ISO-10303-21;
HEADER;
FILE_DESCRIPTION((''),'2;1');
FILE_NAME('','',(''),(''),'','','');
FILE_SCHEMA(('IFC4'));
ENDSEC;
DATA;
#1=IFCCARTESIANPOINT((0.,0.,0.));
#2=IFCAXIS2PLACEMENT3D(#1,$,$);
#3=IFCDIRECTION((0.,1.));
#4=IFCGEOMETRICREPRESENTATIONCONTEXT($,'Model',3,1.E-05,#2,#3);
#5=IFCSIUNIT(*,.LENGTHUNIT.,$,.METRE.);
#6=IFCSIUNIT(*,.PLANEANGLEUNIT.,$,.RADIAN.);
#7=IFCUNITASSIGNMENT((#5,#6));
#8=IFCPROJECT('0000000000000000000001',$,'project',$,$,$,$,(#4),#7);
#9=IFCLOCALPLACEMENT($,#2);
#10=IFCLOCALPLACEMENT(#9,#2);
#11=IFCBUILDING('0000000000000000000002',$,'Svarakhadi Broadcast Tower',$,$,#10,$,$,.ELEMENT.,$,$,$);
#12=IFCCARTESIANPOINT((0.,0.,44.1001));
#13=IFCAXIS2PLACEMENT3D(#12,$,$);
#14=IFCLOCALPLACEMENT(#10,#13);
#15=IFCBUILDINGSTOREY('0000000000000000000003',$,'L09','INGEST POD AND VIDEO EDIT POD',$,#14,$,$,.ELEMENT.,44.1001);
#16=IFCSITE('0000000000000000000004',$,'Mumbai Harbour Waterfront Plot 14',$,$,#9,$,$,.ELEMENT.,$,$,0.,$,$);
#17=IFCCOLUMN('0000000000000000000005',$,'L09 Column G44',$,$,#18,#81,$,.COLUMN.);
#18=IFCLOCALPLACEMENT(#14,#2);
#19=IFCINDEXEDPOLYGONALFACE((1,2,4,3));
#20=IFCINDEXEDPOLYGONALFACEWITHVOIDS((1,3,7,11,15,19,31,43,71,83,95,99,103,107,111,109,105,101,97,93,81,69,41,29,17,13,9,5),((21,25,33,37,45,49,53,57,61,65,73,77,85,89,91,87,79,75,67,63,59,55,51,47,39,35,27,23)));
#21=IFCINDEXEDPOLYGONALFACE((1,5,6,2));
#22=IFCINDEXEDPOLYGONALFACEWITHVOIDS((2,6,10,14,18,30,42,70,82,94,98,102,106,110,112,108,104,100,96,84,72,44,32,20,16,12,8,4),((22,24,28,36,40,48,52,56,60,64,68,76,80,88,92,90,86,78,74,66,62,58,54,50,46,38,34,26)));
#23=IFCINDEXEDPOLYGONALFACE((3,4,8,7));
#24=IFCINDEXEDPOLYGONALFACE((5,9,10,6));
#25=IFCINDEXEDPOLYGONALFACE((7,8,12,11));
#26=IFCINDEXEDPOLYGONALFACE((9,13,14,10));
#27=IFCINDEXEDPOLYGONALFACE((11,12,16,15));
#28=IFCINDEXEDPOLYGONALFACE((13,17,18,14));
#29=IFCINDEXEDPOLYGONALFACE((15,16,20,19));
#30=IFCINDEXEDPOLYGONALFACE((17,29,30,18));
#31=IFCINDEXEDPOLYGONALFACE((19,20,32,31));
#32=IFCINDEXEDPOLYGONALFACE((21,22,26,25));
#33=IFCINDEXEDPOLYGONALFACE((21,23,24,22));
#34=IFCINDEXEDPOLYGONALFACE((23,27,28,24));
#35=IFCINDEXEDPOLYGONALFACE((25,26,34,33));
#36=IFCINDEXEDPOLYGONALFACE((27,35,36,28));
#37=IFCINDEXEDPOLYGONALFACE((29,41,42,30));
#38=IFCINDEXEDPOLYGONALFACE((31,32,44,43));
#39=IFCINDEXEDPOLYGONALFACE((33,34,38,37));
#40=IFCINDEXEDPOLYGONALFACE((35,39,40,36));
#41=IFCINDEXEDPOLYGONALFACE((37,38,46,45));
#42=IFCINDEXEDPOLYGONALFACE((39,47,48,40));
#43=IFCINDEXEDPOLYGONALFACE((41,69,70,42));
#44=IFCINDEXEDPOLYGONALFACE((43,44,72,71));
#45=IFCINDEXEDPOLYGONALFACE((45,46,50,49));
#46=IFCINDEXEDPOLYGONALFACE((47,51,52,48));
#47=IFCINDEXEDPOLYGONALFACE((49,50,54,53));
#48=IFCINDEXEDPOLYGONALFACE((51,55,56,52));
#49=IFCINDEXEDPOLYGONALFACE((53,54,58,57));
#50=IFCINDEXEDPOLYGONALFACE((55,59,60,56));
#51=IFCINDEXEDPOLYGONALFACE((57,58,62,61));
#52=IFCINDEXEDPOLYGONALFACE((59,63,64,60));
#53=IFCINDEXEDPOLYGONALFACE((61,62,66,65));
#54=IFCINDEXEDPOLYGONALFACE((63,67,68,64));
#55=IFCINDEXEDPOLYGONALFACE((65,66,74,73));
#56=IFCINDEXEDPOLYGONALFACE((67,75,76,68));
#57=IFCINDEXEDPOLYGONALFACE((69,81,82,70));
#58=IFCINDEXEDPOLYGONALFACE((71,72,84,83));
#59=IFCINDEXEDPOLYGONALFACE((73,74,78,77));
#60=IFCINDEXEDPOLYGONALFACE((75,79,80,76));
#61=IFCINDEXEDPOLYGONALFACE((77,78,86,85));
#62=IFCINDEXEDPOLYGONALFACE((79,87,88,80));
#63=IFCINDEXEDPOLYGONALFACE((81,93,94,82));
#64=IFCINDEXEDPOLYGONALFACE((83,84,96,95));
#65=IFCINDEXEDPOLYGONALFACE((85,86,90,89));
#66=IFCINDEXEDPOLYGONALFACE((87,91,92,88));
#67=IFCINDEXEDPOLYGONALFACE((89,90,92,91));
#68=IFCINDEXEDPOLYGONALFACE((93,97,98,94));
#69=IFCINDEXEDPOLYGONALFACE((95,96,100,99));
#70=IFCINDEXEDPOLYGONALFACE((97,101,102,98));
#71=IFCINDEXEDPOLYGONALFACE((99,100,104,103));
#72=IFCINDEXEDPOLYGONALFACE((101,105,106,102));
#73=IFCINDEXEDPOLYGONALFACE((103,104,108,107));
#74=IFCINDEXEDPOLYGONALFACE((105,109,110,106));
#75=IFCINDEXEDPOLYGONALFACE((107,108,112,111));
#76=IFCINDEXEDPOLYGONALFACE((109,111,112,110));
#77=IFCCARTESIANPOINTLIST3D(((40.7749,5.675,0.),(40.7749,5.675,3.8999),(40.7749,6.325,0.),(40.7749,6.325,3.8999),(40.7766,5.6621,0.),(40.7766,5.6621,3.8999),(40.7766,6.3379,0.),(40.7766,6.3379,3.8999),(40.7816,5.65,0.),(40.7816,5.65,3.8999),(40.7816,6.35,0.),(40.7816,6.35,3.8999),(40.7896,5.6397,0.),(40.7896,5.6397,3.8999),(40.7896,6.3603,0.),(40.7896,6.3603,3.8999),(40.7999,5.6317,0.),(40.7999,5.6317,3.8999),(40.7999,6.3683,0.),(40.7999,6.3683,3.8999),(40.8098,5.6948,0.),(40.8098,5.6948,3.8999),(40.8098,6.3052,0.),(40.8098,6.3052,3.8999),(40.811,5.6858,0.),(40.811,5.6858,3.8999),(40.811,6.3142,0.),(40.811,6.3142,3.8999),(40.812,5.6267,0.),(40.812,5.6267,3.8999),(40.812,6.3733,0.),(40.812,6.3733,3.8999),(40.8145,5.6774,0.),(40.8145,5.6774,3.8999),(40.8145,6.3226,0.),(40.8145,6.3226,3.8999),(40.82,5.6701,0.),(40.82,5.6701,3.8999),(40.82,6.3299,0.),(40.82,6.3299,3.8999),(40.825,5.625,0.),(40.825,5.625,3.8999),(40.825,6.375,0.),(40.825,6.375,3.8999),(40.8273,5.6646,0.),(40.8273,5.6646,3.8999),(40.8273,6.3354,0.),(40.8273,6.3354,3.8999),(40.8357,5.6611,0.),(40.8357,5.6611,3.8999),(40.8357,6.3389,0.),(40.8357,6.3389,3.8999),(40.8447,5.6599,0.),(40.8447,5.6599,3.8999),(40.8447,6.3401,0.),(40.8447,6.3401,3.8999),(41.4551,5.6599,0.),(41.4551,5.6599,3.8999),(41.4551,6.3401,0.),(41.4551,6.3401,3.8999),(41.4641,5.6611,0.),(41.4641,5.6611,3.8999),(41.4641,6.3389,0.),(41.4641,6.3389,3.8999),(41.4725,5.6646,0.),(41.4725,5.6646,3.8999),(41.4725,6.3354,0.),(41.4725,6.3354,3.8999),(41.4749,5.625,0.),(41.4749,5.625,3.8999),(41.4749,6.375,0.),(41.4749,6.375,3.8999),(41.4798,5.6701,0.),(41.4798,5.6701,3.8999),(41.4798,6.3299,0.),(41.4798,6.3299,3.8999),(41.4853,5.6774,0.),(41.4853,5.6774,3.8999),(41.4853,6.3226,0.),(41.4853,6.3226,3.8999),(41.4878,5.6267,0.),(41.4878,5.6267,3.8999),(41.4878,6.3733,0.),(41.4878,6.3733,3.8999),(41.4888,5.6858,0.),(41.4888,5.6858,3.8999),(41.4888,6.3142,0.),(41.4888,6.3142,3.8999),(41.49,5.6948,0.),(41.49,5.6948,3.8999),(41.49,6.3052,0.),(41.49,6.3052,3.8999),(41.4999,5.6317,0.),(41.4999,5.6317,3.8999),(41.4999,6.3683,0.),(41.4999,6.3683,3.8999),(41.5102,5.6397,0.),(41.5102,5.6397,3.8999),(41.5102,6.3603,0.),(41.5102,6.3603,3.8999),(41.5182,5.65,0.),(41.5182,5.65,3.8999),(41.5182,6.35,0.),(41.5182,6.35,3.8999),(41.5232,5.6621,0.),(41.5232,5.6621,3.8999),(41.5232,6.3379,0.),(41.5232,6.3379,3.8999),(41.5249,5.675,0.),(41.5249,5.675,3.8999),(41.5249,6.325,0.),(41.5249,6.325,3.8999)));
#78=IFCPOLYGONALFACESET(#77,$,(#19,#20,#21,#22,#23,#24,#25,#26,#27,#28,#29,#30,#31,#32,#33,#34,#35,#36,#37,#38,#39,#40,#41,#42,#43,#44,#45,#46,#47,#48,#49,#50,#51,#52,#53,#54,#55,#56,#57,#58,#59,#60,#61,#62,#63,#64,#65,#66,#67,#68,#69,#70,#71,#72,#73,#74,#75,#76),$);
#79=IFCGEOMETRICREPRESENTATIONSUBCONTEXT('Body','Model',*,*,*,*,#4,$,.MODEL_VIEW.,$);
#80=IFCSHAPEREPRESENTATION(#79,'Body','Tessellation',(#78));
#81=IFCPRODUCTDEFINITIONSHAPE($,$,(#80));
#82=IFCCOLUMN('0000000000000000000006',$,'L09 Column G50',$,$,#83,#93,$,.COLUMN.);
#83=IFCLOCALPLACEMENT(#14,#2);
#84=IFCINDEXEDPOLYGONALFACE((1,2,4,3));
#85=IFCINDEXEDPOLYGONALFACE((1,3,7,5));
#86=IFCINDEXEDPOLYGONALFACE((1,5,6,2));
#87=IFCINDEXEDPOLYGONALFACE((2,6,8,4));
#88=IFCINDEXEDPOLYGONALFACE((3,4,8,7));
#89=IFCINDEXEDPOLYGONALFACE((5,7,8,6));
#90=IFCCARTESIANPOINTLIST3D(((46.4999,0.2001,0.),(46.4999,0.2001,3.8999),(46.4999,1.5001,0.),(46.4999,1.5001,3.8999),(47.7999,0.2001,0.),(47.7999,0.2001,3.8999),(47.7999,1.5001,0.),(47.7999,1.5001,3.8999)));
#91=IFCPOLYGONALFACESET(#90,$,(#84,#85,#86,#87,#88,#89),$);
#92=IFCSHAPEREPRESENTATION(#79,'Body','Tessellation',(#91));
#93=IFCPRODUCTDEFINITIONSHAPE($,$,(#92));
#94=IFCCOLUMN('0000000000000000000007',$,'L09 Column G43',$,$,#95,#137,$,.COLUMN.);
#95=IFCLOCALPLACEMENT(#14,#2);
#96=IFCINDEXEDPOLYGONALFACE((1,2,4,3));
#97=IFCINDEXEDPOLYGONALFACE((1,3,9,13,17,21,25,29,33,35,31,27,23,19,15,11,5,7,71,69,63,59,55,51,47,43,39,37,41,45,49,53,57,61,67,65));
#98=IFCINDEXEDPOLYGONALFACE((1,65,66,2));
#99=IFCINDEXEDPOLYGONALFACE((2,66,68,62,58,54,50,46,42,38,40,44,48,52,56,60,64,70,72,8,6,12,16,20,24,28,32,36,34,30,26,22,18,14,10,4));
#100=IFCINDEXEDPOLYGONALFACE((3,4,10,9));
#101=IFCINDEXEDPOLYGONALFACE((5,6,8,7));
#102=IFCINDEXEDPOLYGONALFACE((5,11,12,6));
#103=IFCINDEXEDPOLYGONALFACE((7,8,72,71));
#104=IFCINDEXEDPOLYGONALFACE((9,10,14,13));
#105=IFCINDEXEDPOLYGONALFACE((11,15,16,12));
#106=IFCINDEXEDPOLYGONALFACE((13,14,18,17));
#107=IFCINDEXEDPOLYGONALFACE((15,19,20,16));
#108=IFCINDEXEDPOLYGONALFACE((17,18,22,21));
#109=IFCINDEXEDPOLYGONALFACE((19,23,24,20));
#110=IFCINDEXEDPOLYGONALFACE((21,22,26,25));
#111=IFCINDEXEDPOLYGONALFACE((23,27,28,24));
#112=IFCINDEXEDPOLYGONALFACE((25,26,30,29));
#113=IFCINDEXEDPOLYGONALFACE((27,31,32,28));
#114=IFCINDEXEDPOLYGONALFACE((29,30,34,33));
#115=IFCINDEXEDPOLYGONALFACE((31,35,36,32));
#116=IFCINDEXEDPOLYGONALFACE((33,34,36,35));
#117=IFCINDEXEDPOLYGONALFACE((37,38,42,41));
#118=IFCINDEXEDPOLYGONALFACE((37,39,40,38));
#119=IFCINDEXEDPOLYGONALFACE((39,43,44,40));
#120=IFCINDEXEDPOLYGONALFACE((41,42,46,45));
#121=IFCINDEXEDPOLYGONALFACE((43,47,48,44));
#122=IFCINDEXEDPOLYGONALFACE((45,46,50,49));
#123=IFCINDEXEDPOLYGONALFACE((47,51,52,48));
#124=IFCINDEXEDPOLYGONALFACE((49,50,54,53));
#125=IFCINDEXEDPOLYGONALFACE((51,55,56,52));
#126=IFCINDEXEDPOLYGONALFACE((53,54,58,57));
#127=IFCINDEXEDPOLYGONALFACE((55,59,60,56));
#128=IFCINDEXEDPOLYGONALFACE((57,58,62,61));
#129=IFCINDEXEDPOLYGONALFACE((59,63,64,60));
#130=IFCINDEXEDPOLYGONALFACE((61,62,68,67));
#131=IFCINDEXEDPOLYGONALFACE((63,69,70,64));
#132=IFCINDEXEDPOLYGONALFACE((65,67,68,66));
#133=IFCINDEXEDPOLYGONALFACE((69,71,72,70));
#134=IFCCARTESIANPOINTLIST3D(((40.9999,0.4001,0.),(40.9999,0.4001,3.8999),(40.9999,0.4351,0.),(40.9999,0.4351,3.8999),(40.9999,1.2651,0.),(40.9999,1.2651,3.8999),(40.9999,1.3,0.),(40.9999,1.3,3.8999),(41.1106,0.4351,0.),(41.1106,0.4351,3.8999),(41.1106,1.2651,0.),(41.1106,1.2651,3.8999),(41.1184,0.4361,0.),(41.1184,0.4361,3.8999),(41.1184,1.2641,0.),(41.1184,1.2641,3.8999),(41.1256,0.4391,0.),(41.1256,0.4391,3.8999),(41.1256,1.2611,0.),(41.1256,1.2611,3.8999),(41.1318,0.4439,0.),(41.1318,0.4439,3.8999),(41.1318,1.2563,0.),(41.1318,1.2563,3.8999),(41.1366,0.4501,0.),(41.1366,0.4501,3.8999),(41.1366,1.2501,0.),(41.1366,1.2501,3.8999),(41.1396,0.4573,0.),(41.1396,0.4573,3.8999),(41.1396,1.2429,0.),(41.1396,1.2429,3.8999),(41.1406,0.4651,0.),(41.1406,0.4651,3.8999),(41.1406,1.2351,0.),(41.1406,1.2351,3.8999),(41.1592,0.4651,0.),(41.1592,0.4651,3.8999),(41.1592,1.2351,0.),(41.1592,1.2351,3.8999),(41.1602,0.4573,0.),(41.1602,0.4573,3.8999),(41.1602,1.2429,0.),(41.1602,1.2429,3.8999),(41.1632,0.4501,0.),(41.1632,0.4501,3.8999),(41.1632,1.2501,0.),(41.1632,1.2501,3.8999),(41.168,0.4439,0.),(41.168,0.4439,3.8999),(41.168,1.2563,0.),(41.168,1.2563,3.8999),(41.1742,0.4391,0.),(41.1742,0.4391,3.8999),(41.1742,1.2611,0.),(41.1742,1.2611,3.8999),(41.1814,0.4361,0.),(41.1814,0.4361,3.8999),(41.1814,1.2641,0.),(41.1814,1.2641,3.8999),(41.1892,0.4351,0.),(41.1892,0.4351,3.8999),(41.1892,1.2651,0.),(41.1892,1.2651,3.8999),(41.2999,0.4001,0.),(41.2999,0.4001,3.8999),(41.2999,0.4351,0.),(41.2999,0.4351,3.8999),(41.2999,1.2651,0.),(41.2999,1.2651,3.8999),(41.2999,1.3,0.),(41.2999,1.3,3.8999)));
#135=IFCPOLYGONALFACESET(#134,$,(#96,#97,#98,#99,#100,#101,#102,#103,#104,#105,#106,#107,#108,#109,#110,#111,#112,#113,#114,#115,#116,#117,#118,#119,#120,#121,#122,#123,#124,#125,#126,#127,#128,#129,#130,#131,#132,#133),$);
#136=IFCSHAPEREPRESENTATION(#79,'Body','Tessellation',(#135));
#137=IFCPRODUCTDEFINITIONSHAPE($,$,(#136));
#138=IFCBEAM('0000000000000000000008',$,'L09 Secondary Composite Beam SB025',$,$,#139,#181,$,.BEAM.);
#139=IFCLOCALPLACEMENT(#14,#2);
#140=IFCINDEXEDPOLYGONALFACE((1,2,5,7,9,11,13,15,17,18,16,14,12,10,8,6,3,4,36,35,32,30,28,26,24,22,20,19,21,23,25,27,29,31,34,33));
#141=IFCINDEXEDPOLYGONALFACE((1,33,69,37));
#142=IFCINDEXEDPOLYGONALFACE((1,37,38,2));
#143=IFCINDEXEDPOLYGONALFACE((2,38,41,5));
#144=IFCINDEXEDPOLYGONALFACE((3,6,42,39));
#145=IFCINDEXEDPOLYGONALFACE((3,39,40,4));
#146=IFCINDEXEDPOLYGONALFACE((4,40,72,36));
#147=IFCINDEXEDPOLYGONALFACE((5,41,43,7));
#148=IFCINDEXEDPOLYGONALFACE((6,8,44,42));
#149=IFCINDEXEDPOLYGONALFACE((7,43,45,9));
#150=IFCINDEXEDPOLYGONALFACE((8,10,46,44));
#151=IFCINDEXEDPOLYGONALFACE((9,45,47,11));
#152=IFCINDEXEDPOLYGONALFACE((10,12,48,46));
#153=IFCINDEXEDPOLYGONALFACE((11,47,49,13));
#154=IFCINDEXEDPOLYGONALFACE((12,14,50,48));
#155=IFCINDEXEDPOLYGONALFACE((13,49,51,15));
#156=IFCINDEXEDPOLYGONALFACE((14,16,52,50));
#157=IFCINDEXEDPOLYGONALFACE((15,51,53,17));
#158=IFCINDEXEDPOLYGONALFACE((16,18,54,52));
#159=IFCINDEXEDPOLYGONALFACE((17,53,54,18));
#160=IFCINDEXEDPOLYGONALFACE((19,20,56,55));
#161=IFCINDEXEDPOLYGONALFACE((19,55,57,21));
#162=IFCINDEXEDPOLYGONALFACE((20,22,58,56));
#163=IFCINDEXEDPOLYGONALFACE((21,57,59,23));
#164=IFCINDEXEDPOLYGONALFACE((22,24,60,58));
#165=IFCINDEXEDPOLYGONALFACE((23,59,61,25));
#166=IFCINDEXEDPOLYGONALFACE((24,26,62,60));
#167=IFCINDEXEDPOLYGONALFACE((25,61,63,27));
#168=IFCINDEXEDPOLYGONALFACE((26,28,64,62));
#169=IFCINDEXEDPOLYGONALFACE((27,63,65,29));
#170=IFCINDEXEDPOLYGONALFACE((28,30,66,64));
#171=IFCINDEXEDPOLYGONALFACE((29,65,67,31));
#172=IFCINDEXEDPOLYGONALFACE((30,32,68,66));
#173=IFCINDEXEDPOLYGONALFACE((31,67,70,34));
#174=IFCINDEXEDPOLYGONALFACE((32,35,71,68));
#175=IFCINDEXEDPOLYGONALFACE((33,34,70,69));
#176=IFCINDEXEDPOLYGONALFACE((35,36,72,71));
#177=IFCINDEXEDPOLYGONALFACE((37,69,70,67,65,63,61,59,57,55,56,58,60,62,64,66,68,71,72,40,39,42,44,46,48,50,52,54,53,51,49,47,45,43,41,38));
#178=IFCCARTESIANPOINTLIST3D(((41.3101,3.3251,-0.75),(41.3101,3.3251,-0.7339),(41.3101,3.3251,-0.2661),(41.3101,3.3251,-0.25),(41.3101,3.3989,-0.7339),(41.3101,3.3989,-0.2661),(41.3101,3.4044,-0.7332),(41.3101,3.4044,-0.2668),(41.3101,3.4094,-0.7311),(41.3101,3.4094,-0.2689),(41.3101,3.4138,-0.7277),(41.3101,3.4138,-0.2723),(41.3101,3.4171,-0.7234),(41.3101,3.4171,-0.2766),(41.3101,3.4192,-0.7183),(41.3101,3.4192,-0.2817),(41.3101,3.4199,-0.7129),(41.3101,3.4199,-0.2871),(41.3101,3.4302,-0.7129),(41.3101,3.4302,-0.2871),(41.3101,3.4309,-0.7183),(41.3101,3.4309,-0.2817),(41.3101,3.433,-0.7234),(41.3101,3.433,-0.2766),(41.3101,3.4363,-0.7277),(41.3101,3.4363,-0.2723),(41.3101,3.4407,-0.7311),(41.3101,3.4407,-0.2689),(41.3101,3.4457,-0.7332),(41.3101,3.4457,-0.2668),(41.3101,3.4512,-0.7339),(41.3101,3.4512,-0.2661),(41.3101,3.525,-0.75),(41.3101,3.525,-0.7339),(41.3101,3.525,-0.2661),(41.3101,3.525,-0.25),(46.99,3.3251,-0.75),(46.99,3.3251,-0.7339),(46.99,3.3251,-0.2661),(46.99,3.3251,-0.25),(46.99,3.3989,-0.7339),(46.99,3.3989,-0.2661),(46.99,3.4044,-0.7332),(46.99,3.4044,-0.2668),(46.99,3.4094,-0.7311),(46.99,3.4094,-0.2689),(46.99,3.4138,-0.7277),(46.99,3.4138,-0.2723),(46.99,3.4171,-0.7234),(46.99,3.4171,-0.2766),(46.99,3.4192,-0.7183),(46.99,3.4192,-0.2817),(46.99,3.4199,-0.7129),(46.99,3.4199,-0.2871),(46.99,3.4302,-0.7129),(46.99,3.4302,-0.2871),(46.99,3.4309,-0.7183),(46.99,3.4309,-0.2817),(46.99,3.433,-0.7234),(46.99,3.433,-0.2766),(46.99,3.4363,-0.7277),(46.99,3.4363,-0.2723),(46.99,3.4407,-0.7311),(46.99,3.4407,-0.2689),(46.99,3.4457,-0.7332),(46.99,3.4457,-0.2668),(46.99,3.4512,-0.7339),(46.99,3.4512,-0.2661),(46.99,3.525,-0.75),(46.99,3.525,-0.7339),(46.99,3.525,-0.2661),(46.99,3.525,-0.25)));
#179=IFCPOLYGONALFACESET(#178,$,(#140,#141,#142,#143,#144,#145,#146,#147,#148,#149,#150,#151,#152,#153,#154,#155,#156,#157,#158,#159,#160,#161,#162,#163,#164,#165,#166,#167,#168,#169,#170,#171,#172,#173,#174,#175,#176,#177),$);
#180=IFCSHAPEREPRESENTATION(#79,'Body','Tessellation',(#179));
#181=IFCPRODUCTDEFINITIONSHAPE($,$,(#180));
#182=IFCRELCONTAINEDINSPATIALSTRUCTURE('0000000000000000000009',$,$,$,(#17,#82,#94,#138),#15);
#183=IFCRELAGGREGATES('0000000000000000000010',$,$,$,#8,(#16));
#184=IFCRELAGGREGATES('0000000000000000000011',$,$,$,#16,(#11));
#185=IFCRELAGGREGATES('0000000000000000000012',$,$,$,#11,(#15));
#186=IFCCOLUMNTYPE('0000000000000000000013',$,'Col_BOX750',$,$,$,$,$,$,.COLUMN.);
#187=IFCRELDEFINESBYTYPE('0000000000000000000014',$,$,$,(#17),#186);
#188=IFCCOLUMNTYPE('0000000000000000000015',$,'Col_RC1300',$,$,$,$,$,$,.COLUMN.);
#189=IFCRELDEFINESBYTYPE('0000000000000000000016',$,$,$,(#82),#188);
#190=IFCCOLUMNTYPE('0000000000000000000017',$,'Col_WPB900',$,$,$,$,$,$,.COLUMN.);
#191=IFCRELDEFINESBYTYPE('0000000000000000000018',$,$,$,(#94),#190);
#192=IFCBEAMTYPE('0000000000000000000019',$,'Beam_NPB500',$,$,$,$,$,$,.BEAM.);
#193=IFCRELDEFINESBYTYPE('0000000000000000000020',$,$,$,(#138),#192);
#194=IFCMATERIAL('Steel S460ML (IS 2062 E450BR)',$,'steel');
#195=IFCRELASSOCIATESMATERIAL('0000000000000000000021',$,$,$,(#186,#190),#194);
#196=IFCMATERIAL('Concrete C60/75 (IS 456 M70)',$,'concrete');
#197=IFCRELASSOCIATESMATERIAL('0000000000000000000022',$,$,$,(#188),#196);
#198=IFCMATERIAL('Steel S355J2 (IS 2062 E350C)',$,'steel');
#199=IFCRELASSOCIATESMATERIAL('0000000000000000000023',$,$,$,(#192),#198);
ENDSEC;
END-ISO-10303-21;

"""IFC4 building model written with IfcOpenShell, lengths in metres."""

from ifc_helpers import new_model, si_unit, direction, frame, origin, origin_2d, place, context, subcontext, project, spatial, rectangle, hollow_rectangle, i_section, extrude, material, material_profile, profile_set, type_object, element, save


model = new_model("IFC4")

# Units and contexts
model_context = context("Model", 3, precision=1e-05, world=origin(), true_north=direction((0.0, 1.0)))
body_context = subcontext(model_context, "Body", "Model", "MODEL_VIEW")
ifc_project = project(units=[si_unit("LENGTHUNIT", "METRE"), si_unit("PLANEANGLEUNIT", "RADIAN")], contexts=[model_context])

# Site, building, storey
site_placement = place(None, origin())
site = spatial("IfcSite", under=ifc_project, at=site_placement, Name="Mumbai Harbour Waterfront Plot 14", CompositionType="ELEMENT", RefElevation=0.0)
building_placement = place(site_placement, origin())
building = spatial("IfcBuilding", under=site, at=building_placement, Name="Svarakhadi Broadcast Tower", CompositionType="ELEMENT")
storey_placement = place(building_placement, frame((0.0, 0.0, 44.1001)))
storey = spatial("IfcBuildingStorey", under=building, at=storey_placement, Name="L09", Description="INGEST POD AND VIDEO EDIT POD", CompositionType="ELEMENT", Elevation=44.1001)

# Columns
ifc_material_1 = material(Name="Steel S460ML (IS 2062 E450BR)", Category="steel")
ifc_material_profile_1 = material_profile(ifc_material_1, hollow_rectangle(XDim=0.75, YDim=0.75, WallThickness=0.0349, InnerFilletRadius=0.0349, OuterFilletRadius=0.05, at=origin_2d()), Name="BOX 750x750x35")
ifc_profile_set_1 = profile_set([ifc_material_profile_1], Name="Steel S460ML (IS 2062 E450BR)")
column_type_1 = type_object("IfcColumnType", Name="Col_BOX750", PredefinedType="COLUMN", material=ifc_profile_set_1)
column_1_placement = place(storey_placement, frame((41.1499, 6.0, 0.0), z_axis=(0.0, 0.0, 1.0), x_axis=(1.0, 0.0, 0.0)))
element("IfcColumn", 1, at=column_1_placement, inside=storey, type_object=column_type_1, Name="L09 Column G44", PredefinedType="COLUMN", context=body_context, shape_type="SweptSolid", body=[
    extrude(hollow_rectangle(XDim=0.75, YDim=0.75, WallThickness=0.0349, InnerFilletRadius=0.0349, OuterFilletRadius=0.05, at=origin_2d()), origin(), (0.0, 0.0, 1.0), 3.8999),
])
ifc_material_2 = material(Name="Concrete C60/75 (IS 456 M70)", Category="concrete")
ifc_material_profile_2 = material_profile(ifc_material_2, rectangle(XDim=1.3, YDim=1.3, at=origin_2d()), Name="RC 1300x1300")
ifc_profile_set_2 = profile_set([ifc_material_profile_2], Name="Concrete C60/75 (IS 456 M70)")
column_type_2 = type_object("IfcColumnType", Name="Col_RC1300", PredefinedType="COLUMN", material=ifc_profile_set_2)
column_2_placement = place(storey_placement, frame((47.1499, 0.8501, 0.0), z_axis=(0.0, 0.0, 1.0), x_axis=(1.0, 0.0, 0.0)))
element("IfcColumn", 2, at=column_2_placement, inside=storey, type_object=column_type_2, Name="L09 Column G50", PredefinedType="COLUMN", context=body_context, shape_type="SweptSolid", body=[
    extrude(rectangle(XDim=1.3, YDim=1.3, at=origin_2d()), origin(), (0.0, 0.0, 1.0), 3.8999),
])
ifc_material_profile_3 = material_profile(ifc_material_1, i_section(OverallWidth=0.3, OverallDepth=0.8999, WebThickness=0.0186, FlangeThickness=0.0349, FilletRadius=0.03, at=origin_2d()), Name="WPB 900x300x291")
ifc_profile_set_3 = profile_set([ifc_material_profile_3], Name="Steel S460ML (IS 2062 E450BR)")
column_type_3 = type_object("IfcColumnType", Name="Col_WPB900", PredefinedType="COLUMN", material=ifc_profile_set_3)
column_3_placement = place(storey_placement, frame((41.1499, 0.8501, 0.0), z_axis=(0.0, 0.0, 1.0), x_axis=(1.0, 0.0, 0.0)))
element("IfcColumn", 3, at=column_3_placement, inside=storey, type_object=column_type_3, Name="L09 Column G43", PredefinedType="COLUMN", context=body_context, shape_type="SweptSolid", body=[
    extrude(i_section(OverallWidth=0.3, OverallDepth=0.8999, WebThickness=0.0186, FlangeThickness=0.0349, FilletRadius=0.03, at=origin_2d()), origin(), (0.0, 0.0, 1.0), 3.8999),
])

# Beam
ifc_material_3 = material(Name="Steel S355J2 (IS 2062 E350C)", Category="steel")
ifc_material_profile_4 = material_profile(ifc_material_3, i_section(OverallWidth=0.2, OverallDepth=0.5, WebThickness=0.0103, FlangeThickness=0.0161, FilletRadius=0.021, at=origin_2d()), Name="NPB 500x200x91")
ifc_profile_set_4 = profile_set([ifc_material_profile_4], Name="Steel S355J2 (IS 2062 E350C)")
beam_type_1 = type_object("IfcBeamType", Name="Beam_NPB500", PredefinedType="BEAM", material=ifc_profile_set_4)
for number, where, z_axis, x_axis, name in (
    (4, (41.3101, 3.425, -0.5), (1.0, 0.0, 0.0), (0.0, 1.0, 0.0), "L09 Secondary Composite Beam SB025"),
):
    element("IfcBeam", number, at=place(storey_placement, frame(where, z_axis=z_axis, x_axis=x_axis)), inside=storey, type_object=beam_type_1, Name=name, PredefinedType="BEAM", context=body_context, shape_type="SweptSolid", body=[
        extrude(i_section(OverallWidth=0.2, OverallDepth=0.5, WebThickness=0.0103, FlangeThickness=0.0161, FilletRadius=0.021, at=origin_2d()), origin(), (0.0, 0.0, 1.0), 5.6799),
    ])

save(model, "model.ifc")
